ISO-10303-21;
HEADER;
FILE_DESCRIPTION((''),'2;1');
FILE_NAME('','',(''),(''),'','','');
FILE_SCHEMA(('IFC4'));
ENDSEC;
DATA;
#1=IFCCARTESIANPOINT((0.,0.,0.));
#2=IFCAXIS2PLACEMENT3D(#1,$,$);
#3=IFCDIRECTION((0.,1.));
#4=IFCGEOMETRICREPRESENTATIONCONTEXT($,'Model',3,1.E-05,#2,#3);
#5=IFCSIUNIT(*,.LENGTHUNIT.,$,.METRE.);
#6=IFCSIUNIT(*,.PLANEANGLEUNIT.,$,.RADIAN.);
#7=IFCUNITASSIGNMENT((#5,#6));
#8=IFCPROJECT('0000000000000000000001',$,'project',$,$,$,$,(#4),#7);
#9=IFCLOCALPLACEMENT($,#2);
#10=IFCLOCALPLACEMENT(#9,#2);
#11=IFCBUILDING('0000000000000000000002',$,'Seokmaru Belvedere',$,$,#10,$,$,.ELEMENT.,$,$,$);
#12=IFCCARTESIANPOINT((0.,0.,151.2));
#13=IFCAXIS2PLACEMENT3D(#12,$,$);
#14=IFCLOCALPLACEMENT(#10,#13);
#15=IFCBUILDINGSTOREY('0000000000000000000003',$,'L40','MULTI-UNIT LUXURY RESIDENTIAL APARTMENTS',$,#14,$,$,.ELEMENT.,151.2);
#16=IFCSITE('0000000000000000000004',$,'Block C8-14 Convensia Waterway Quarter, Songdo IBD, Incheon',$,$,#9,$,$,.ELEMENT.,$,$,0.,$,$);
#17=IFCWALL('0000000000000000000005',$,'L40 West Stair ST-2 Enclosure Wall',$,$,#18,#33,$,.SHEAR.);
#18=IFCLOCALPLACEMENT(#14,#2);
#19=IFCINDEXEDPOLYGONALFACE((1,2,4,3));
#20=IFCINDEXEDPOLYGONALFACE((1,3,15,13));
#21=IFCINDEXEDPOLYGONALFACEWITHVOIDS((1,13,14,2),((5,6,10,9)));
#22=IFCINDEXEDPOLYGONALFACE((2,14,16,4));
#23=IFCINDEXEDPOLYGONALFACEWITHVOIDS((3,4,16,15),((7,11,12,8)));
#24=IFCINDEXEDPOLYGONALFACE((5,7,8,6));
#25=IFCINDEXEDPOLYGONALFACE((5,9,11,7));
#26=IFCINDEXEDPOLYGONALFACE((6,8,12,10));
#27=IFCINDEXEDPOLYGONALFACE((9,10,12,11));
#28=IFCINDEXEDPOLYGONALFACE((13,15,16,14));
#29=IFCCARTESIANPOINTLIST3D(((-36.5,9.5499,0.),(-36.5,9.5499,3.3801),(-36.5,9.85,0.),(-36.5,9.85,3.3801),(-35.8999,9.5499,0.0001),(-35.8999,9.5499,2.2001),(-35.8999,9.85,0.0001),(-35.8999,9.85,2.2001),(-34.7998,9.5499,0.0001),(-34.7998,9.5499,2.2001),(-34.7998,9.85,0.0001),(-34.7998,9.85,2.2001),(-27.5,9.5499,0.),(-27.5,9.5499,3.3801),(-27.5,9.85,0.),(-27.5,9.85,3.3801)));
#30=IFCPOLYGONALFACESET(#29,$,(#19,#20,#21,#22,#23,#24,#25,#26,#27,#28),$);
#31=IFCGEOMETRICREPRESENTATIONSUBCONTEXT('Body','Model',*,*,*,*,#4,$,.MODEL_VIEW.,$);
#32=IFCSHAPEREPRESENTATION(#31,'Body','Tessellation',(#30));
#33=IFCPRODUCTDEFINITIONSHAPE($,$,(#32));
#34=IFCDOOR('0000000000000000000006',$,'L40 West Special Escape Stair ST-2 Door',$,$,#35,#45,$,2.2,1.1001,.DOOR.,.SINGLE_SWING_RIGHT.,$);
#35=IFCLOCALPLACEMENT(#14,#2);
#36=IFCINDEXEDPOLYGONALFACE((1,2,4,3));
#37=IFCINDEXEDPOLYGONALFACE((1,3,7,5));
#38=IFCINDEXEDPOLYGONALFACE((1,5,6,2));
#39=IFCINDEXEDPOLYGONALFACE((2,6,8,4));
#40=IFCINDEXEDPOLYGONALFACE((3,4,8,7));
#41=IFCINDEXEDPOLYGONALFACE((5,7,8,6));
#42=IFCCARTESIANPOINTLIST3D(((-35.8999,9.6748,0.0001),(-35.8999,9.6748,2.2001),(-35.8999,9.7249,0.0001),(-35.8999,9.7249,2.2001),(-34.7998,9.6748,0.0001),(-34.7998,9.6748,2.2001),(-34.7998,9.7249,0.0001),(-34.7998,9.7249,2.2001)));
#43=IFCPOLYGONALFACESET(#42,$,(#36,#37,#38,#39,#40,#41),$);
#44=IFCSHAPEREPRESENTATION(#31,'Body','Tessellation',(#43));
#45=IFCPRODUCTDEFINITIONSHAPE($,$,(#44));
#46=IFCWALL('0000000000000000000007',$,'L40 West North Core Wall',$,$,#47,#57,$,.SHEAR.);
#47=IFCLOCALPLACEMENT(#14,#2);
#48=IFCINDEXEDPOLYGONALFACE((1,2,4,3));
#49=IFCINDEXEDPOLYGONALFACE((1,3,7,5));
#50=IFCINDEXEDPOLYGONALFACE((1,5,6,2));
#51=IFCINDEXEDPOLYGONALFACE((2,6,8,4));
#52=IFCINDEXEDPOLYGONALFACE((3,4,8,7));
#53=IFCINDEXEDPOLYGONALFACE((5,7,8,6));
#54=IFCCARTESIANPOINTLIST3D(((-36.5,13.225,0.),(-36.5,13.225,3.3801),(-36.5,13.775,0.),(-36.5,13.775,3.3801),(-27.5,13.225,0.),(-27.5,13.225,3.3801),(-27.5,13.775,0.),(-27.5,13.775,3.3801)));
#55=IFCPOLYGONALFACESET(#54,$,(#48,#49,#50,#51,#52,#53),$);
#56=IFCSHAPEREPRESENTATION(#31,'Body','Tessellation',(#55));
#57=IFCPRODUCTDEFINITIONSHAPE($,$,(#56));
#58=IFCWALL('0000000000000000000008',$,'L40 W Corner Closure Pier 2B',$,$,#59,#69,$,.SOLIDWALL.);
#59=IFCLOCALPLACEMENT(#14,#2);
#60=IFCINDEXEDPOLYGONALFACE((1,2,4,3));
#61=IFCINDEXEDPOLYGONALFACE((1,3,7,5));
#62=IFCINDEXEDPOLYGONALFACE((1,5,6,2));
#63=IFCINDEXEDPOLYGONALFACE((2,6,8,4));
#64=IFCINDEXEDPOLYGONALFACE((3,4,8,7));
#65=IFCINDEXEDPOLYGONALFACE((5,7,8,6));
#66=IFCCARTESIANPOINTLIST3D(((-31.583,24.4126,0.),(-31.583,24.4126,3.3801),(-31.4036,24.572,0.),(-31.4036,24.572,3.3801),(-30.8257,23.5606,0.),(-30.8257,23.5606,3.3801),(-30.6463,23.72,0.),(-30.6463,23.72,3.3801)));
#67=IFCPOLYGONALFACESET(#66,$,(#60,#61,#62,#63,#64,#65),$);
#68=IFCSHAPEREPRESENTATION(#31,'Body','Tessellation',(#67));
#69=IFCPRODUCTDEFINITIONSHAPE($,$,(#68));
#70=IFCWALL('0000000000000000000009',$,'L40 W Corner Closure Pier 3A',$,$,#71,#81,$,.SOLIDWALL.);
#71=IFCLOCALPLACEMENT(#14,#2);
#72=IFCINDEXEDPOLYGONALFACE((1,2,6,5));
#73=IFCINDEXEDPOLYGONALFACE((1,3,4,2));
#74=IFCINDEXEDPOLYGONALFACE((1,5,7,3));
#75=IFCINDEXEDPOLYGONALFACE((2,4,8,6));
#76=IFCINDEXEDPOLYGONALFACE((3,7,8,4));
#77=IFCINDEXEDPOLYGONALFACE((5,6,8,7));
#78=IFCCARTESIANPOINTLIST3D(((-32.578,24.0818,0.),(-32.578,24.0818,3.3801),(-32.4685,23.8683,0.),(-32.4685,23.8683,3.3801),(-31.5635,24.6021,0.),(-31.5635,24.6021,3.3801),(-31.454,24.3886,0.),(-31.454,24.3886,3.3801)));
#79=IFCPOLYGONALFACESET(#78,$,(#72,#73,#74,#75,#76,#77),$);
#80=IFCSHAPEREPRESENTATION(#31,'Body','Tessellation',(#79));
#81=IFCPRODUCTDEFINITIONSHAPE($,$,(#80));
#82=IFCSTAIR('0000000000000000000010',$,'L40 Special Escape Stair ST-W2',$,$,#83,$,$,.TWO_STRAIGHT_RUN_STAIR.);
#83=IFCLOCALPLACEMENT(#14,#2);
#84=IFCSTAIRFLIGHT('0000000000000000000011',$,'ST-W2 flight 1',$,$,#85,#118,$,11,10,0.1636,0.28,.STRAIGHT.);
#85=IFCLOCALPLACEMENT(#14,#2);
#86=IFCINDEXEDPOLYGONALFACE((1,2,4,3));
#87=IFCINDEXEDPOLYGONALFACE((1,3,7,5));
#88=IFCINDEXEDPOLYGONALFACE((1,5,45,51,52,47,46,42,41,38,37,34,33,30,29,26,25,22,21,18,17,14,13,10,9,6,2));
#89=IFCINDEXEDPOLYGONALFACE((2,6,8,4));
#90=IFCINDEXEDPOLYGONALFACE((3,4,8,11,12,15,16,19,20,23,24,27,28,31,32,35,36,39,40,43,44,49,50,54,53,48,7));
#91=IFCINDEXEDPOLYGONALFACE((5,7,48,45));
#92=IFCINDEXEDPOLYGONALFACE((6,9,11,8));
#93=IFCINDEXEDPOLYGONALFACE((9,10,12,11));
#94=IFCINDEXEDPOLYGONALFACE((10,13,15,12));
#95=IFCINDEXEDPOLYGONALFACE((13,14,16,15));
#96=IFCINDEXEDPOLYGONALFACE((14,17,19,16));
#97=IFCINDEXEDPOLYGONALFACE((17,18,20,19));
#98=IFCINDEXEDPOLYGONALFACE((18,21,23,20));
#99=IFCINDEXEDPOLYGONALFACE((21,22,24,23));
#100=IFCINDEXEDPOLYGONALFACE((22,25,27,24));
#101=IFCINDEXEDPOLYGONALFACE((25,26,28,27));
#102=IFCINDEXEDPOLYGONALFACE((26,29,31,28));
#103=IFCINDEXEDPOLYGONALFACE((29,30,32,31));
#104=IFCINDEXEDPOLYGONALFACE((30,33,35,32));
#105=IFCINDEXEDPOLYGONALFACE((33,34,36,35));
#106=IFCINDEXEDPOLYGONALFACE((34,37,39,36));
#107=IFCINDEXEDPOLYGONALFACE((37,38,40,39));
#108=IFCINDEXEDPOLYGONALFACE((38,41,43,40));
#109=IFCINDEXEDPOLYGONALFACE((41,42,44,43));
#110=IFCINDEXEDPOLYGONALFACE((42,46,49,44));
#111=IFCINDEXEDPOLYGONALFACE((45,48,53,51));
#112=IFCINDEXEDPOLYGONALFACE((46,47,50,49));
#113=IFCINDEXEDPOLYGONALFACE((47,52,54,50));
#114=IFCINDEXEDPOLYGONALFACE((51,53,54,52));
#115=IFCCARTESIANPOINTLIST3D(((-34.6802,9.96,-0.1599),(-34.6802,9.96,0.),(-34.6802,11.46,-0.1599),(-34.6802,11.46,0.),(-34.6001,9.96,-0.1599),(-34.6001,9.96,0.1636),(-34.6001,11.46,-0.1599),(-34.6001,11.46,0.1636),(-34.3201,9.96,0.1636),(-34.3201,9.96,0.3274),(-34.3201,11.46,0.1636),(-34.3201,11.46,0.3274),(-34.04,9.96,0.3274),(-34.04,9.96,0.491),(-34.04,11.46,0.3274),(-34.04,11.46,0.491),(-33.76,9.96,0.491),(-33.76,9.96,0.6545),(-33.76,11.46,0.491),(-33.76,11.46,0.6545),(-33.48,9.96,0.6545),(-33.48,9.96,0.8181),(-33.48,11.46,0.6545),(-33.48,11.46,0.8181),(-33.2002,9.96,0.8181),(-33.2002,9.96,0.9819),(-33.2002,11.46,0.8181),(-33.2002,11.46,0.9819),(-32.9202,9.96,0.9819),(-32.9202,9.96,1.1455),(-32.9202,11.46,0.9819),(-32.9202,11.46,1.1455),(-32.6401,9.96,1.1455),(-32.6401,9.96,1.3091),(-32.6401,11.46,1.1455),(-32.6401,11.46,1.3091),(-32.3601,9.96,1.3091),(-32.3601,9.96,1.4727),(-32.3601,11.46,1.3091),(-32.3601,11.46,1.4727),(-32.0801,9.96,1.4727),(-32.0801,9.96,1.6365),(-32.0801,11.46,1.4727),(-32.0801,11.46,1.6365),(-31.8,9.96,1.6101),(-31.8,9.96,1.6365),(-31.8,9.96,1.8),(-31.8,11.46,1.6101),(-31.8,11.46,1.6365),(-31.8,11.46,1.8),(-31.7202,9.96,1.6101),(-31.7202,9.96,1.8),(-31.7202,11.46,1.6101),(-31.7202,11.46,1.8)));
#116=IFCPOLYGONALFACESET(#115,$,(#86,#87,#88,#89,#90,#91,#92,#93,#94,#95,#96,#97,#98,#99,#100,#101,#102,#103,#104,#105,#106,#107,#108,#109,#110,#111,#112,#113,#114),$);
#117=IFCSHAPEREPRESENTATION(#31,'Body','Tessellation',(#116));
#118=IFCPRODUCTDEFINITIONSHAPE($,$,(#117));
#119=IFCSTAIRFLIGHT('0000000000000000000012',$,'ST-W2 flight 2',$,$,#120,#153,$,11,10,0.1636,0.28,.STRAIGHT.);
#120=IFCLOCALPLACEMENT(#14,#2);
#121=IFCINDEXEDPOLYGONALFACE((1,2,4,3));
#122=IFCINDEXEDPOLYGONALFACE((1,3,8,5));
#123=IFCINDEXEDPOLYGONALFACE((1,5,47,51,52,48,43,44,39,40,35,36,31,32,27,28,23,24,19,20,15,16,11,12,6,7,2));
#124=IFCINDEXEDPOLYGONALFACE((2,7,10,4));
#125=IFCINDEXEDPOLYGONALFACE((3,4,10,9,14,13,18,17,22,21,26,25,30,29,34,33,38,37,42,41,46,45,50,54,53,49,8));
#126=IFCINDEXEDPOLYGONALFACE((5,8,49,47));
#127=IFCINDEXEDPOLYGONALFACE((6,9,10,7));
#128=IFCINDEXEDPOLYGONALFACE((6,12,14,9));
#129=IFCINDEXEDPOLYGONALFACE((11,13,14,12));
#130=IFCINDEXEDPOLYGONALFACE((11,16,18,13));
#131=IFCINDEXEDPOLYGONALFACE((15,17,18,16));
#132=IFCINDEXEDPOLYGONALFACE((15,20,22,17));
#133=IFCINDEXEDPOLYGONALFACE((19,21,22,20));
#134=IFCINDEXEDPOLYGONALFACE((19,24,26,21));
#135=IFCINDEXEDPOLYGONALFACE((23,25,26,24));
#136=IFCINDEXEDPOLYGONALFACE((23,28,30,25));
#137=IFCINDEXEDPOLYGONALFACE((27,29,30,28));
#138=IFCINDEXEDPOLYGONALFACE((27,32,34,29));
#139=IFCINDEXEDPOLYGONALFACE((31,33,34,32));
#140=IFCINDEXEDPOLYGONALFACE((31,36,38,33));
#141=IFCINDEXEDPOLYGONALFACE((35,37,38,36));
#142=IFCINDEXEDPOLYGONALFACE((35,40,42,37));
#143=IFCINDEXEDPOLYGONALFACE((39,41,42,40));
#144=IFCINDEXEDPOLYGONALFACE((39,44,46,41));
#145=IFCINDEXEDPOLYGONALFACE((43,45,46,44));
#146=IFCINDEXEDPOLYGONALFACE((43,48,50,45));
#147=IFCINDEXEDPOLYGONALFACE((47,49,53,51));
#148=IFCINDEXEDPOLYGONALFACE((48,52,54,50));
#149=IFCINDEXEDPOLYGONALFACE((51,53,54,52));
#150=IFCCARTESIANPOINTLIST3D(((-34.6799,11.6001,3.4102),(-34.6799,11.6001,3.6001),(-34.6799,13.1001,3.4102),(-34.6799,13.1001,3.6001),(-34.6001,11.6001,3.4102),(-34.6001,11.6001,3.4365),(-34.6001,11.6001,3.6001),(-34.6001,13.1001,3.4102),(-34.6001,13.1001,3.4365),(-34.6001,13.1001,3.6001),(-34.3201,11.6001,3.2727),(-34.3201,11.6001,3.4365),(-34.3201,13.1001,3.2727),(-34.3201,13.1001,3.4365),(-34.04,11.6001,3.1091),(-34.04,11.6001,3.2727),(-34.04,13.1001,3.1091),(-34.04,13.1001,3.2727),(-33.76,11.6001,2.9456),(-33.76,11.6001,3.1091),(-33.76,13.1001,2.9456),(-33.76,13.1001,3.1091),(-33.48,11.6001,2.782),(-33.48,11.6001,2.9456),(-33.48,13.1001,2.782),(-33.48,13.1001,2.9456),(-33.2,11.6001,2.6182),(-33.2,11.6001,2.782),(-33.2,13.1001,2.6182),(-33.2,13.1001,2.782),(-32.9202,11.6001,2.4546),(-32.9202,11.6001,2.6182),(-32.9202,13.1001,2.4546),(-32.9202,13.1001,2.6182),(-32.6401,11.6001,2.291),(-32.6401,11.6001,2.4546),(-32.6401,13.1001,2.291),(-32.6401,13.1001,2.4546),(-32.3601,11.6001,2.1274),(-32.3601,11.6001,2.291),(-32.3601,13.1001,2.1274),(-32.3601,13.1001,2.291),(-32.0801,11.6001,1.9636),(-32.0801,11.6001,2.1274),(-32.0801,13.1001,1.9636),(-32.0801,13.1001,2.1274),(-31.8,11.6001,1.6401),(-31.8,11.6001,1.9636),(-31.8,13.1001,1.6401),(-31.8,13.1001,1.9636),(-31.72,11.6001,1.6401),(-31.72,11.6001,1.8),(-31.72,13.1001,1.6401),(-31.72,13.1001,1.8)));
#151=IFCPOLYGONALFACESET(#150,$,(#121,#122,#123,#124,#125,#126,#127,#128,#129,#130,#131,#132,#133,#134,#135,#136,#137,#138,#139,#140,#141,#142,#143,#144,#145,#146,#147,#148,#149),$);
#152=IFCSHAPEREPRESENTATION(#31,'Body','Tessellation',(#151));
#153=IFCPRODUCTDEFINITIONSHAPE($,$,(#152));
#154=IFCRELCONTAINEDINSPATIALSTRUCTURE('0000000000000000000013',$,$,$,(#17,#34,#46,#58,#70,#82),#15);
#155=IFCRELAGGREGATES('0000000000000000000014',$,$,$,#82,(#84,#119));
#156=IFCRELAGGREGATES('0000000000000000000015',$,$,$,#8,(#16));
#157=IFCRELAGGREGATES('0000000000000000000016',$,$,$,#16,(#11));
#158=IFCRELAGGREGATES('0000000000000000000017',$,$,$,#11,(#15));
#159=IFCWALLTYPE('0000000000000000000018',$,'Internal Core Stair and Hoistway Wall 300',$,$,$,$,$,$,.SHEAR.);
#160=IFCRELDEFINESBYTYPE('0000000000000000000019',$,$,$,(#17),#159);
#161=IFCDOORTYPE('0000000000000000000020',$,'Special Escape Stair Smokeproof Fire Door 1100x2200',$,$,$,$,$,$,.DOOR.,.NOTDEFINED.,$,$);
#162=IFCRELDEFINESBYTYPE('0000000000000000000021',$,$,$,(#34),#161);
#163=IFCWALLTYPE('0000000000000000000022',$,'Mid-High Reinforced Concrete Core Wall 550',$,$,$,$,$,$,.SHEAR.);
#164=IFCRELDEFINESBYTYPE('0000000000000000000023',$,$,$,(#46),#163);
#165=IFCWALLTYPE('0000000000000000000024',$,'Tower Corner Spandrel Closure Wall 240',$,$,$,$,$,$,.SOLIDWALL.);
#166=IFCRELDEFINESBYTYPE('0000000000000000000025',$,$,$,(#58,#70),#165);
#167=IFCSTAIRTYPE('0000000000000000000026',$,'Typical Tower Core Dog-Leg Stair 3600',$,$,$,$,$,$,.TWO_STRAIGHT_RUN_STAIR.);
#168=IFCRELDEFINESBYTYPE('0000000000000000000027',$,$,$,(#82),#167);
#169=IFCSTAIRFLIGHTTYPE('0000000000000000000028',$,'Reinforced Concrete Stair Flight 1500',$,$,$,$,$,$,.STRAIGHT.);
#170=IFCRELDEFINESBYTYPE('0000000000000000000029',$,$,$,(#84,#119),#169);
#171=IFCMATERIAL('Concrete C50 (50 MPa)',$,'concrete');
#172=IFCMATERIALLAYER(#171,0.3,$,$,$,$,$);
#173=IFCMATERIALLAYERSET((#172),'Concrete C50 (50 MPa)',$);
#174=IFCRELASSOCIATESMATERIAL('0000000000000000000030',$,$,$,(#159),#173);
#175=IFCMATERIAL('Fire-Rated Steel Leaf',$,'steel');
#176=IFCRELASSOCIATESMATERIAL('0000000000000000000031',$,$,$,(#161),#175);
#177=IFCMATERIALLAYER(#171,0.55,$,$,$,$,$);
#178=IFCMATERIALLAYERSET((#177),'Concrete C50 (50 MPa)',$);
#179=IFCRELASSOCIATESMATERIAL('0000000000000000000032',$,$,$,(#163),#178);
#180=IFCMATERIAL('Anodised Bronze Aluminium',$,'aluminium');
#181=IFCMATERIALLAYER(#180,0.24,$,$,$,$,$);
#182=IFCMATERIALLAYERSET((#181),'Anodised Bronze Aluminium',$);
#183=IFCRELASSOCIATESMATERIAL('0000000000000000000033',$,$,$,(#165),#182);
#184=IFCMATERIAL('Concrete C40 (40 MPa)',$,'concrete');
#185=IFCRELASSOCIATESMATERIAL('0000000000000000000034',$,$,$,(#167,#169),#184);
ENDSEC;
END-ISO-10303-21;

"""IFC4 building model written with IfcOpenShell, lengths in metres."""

from ifc_helpers import new_model, si_unit, direction, frame, frame_2d, origin, place, context, subcontext, project, spatial, polyline, rectangle, outline, extrude, source, transform, mapped, material, layer, layer_set, type_object, type_shapes, element, fill, aggregate, save


model = new_model("IFC4")

# Units and contexts
model_context = context("Model", 3, precision=1e-05, world=origin(), true_north=direction((0.0, 1.0)))
body_context = subcontext(model_context, "Body", "Model", "MODEL_VIEW")
ifc_project = project(units=[si_unit("LENGTHUNIT", "METRE"), si_unit("PLANEANGLEUNIT", "RADIAN")], contexts=[model_context])

# Site, building, storey
site_placement = place(None, origin())
site = spatial("IfcSite", under=ifc_project, at=site_placement, Name="Block C8-14 Convensia Waterway Quarter, Songdo IBD, Incheon", CompositionType="ELEMENT", RefElevation=0.0)
building_placement = place(site_placement, origin())
building = spatial("IfcBuilding", under=site, at=building_placement, Name="Seokmaru Belvedere", CompositionType="ELEMENT")
storey_placement = place(building_placement, frame((0.0, 0.0, 151.2)))
storey = spatial("IfcBuildingStorey", under=building, at=storey_placement, Name="L40", Description="MULTI-UNIT LUXURY RESIDENTIAL APARTMENTS", CompositionType="ELEMENT", Elevation=151.2)

# Shared definitions
ifc_material_1 = material(Name="Anodised Bronze Aluminium", Category="aluminium")

# Shared definitions
ifc_material_2 = material(Name="Fire-Rated Steel Leaf", Category="steel")

# Shared definitions
ifc_material_3 = material(Name="Concrete C50 (50 MPa)", Category="concrete")

# Wall, opening, door
ifc_layer_1 = layer(ifc_material_3, 0.3)
ifc_layer_set_1 = layer_set([ifc_layer_1], Name="Concrete C50 (50 MPa)")
wall_type_1 = type_object("IfcWallType", Name="Internal Core Stair and Hoistway Wall 300", PredefinedType="SHEAR", material=ifc_layer_set_1)
wall_1_placement = place(storey_placement, frame((-36.5, 9.7, 0.0), z_axis=(0.0, 0.0, 1.0), x_axis=(1.0, 0.0, 0.0)))
wall_1 = element("IfcWall", 1, at=wall_1_placement, inside=storey, type_object=wall_type_1, Name="L40 West Stair ST-2 Enclosure Wall", PredefinedType="SHEAR", context=body_context, shape_type="SweptSolid", body=[
    extrude(rectangle(XDim=9.0, YDim=0.3, at=frame_2d((4.5, 0.0))), origin(), (0.0, 0.0, 1.0), 3.3801),
])
opening_1_placement = place(wall_1_placement, frame((0.6001, 0.0, 0.0)))
opening_1 = element("IfcOpeningElement", 2, at=opening_1_placement, cuts=wall_1, PredefinedType="OPENING", context=body_context, shape_type="SweptSolid", body=[
    extrude(rectangle(XDim=1.1001, YDim=2.2, at=frame_2d((0.55, 1.1001))), frame((0.0, 0.1602, 0.0), z_axis=(0.0, -1.0, 0.0), x_axis=(1.0, 0.0, 0.0)), (0.0, 0.0, 1.0), 0.3201),
])
door_type_1 = type_object("IfcDoorType", Name="Special Escape Stair Smokeproof Fire Door 1100x2200", OperationType="NOTDEFINED", PredefinedType="DOOR", material=ifc_material_2)
shared_shape_1 = source(origin(), body_context, "Body", "SweptSolid", [
    extrude(rectangle(XDim=1.1001, YDim=2.2, at=frame_2d((0.55, 1.1001))), frame((0.0, 0.0249, 0.0), z_axis=(0.0, -1.0, 0.0), x_axis=(1.0, 0.0, 0.0)), (0.0, 0.0, 1.0), 0.05),
])
type_shapes(door_type_1, [shared_shape_1])
door_1_placement = place(opening_1_placement, origin())
door_1 = element("IfcDoor", 3, at=door_1_placement, inside=storey, type_object=door_type_1, Name="L40 West Special Escape Stair ST-2 Door", OperationType="SINGLE_SWING_RIGHT", OverallHeight=2.2, OverallWidth=1.1001, PredefinedType="DOOR", context=body_context, shape_type="MappedRepresentation", body=[
    mapped(shared_shape_1, transform((0.0, 0.0, 0.0), scale=1.0)),
])
fill(opening_1, door_1)

# Wall
ifc_layer_2 = layer(ifc_material_3, 0.55)
ifc_layer_set_2 = layer_set([ifc_layer_2], Name="Concrete C50 (50 MPa)")
wall_type_2 = type_object("IfcWallType", Name="Mid-High Reinforced Concrete Core Wall 550", PredefinedType="SHEAR", material=ifc_layer_set_2)
wall_2_placement = place(storey_placement, frame((-36.5, 13.5, 0.0), z_axis=(0.0, 0.0, 1.0), x_axis=(1.0, 0.0, 0.0)))
element("IfcWall", 4, at=wall_2_placement, inside=storey, type_object=wall_type_2, Name="L40 West North Core Wall", PredefinedType="SHEAR", context=body_context, shape_type="SweptSolid", body=[
    extrude(rectangle(XDim=9.0, YDim=0.55, at=frame_2d((4.5, 0.0))), origin(), (0.0, 0.0, 1.0), 3.3801),
])

# Walls
ifc_layer_3 = layer(ifc_material_1, 0.24)
ifc_layer_set_3 = layer_set([ifc_layer_3], Name="Anodised Bronze Aluminium")
wall_type_3 = type_object("IfcWallType", Name="Tower Corner Spandrel Closure Wall 240", PredefinedType="SOLIDWALL", material=ifc_layer_set_3)
wall_3_placement = place(storey_placement, frame((-30.7361, 23.6404, 0.0), z_axis=(0.0, 0.0, 1.0), x_axis=(-0.664337, 0.747433, 0.0)))
element("IfcWall", 5, at=wall_3_placement, inside=storey, type_object=wall_type_3, Name="L40 W Corner Closure Pier 2B", PredefinedType="SOLIDWALL", context=body_context, shape_type="SweptSolid", body=[
    extrude(rectangle(XDim=1.1399, YDim=0.24, at=frame_2d((0.5698, 0.0))), origin(), (0.0, 0.0, 1.0), 3.3801),
])
wall_4_placement = place(storey_placement, frame((-31.5088, 24.4954, 0.0), z_axis=(0.0, 0.0, 1.0), x_axis=(-0.889797, -0.456356, 0.0)))
element("IfcWall", 6, at=wall_4_placement, inside=storey, type_object=wall_type_3, Name="L40 W Corner Closure Pier 3A", PredefinedType="SOLIDWALL", context=body_context, shape_type="SweptSolid", body=[
    extrude(rectangle(XDim=1.1401, YDim=0.24, at=frame_2d((0.5701, 0.0))), origin(), (0.0, 0.0, 1.0), 3.3801),
])

# Stair, stair flights
ifc_material_4 = material(Name="Concrete C40 (40 MPa)", Category="concrete")
stair_type = type_object("IfcStairType", Name="Typical Tower Core Dog-Leg Stair 3600", PredefinedType="TWO_STRAIGHT_RUN_STAIR", material=ifc_material_4)
stair_placement = place(storey_placement, origin())
stair = element("IfcStair", 7, at=stair_placement, inside=storey, type_object=stair_type, Name="L40 Special Escape Stair ST-W2", PredefinedType="TWO_STRAIGHT_RUN_STAIR")
stair_flight_type = type_object("IfcStairFlightType", Name="Reinforced Concrete Stair Flight 1500", PredefinedType="STRAIGHT", material=ifc_material_4)
stair_flight_1_placement = place(storey_placement, frame((-34.6001, 10.71, 0.0), z_axis=(0.0, 0.0, 1.0), x_axis=(1.0, 0.0, 0.0)))
stair_flight_1 = element("IfcStairFlight", 8, at=stair_flight_1_placement, type_object=stair_flight_type, Name="ST-W2 flight 1", NumberOfRisers=11, NumberOfTreads=10, PredefinedType="STRAIGHT", RiserHeight=0.1636, TreadLength=0.28, context=body_context, shape_type="SweptSolid", body=[
    extrude(outline(polyline([(-0.0801, 0.0), (0.0, 0.1636), (0.28, 0.1636), (0.28, 0.3274), (0.5601, 0.3274), (0.5601, 0.491), (0.8401, 0.491), (0.8401, 0.6545), (1.1201, 0.6545), (1.1201, 0.8181), (1.3999, 0.8181), (1.3999, 0.9819), (1.6799, 0.9819), (1.6799, 1.1455), (1.96, 1.1455), (1.96, 1.3091), (2.24, 1.3091), (2.24, 1.4727), (2.52, 1.4727), (2.52, 1.6365), (2.8, 1.6365), (2.8, 1.8), (2.8799, 1.8), (2.8799, 1.6101), (2.8, 1.6101), (0.0, -0.1599), (-0.0801, -0.1599), (-0.0801, 0.0)])), frame((0.0, 0.75, 0.0), z_axis=(0.0, -1.0, 0.0), x_axis=(1.0, 0.0, 0.0)), (0.0, 0.0, 1.0), 1.5),
])
stair_flight_2_placement = place(storey_placement, frame((-31.8, 12.3501, 1.8), z_axis=(0.0, 0.0, 1.0), x_axis=(-1.0, 0.0, 0.0)))
stair_flight_2 = element("IfcStairFlight", 9, at=stair_flight_2_placement, type_object=stair_flight_type, Name="ST-W2 flight 2", NumberOfRisers=11, NumberOfTreads=10, PredefinedType="STRAIGHT", RiserHeight=0.1636, TreadLength=0.28, context=body_context, shape_type="SweptSolid", body=[
    extrude(outline(polyline([(-0.0801, 0.0), (0.0, 0.1636), (0.28, 0.1636), (0.28, 0.3274), (0.5601, 0.3274), (0.5601, 0.491), (0.8401, 0.491), (0.8401, 0.6545), (1.1201, 0.6545), (1.1201, 0.8181), (1.3999, 0.8181), (1.3999, 0.9819), (1.6799, 0.9819), (1.6799, 1.1455), (1.96, 1.1455), (1.96, 1.3091), (2.24, 1.3091), (2.24, 1.4727), (2.52, 1.4727), (2.52, 1.6365), (2.8, 1.6365), (2.8, 1.8), (2.8799, 1.8), (2.8799, 1.6101), (2.8, 1.6101), (0.0, -0.1599), (-0.0801, -0.1599), (-0.0801, 0.0)])), frame((0.0, 0.75, 0.0), z_axis=(0.0, -1.0, 0.0), x_axis=(1.0, 0.0, 0.0)), (0.0, 0.0, 1.0), 1.5),
])
aggregate(stair, [stair_flight_1, stair_flight_2])

save(model, "model.ifc")
